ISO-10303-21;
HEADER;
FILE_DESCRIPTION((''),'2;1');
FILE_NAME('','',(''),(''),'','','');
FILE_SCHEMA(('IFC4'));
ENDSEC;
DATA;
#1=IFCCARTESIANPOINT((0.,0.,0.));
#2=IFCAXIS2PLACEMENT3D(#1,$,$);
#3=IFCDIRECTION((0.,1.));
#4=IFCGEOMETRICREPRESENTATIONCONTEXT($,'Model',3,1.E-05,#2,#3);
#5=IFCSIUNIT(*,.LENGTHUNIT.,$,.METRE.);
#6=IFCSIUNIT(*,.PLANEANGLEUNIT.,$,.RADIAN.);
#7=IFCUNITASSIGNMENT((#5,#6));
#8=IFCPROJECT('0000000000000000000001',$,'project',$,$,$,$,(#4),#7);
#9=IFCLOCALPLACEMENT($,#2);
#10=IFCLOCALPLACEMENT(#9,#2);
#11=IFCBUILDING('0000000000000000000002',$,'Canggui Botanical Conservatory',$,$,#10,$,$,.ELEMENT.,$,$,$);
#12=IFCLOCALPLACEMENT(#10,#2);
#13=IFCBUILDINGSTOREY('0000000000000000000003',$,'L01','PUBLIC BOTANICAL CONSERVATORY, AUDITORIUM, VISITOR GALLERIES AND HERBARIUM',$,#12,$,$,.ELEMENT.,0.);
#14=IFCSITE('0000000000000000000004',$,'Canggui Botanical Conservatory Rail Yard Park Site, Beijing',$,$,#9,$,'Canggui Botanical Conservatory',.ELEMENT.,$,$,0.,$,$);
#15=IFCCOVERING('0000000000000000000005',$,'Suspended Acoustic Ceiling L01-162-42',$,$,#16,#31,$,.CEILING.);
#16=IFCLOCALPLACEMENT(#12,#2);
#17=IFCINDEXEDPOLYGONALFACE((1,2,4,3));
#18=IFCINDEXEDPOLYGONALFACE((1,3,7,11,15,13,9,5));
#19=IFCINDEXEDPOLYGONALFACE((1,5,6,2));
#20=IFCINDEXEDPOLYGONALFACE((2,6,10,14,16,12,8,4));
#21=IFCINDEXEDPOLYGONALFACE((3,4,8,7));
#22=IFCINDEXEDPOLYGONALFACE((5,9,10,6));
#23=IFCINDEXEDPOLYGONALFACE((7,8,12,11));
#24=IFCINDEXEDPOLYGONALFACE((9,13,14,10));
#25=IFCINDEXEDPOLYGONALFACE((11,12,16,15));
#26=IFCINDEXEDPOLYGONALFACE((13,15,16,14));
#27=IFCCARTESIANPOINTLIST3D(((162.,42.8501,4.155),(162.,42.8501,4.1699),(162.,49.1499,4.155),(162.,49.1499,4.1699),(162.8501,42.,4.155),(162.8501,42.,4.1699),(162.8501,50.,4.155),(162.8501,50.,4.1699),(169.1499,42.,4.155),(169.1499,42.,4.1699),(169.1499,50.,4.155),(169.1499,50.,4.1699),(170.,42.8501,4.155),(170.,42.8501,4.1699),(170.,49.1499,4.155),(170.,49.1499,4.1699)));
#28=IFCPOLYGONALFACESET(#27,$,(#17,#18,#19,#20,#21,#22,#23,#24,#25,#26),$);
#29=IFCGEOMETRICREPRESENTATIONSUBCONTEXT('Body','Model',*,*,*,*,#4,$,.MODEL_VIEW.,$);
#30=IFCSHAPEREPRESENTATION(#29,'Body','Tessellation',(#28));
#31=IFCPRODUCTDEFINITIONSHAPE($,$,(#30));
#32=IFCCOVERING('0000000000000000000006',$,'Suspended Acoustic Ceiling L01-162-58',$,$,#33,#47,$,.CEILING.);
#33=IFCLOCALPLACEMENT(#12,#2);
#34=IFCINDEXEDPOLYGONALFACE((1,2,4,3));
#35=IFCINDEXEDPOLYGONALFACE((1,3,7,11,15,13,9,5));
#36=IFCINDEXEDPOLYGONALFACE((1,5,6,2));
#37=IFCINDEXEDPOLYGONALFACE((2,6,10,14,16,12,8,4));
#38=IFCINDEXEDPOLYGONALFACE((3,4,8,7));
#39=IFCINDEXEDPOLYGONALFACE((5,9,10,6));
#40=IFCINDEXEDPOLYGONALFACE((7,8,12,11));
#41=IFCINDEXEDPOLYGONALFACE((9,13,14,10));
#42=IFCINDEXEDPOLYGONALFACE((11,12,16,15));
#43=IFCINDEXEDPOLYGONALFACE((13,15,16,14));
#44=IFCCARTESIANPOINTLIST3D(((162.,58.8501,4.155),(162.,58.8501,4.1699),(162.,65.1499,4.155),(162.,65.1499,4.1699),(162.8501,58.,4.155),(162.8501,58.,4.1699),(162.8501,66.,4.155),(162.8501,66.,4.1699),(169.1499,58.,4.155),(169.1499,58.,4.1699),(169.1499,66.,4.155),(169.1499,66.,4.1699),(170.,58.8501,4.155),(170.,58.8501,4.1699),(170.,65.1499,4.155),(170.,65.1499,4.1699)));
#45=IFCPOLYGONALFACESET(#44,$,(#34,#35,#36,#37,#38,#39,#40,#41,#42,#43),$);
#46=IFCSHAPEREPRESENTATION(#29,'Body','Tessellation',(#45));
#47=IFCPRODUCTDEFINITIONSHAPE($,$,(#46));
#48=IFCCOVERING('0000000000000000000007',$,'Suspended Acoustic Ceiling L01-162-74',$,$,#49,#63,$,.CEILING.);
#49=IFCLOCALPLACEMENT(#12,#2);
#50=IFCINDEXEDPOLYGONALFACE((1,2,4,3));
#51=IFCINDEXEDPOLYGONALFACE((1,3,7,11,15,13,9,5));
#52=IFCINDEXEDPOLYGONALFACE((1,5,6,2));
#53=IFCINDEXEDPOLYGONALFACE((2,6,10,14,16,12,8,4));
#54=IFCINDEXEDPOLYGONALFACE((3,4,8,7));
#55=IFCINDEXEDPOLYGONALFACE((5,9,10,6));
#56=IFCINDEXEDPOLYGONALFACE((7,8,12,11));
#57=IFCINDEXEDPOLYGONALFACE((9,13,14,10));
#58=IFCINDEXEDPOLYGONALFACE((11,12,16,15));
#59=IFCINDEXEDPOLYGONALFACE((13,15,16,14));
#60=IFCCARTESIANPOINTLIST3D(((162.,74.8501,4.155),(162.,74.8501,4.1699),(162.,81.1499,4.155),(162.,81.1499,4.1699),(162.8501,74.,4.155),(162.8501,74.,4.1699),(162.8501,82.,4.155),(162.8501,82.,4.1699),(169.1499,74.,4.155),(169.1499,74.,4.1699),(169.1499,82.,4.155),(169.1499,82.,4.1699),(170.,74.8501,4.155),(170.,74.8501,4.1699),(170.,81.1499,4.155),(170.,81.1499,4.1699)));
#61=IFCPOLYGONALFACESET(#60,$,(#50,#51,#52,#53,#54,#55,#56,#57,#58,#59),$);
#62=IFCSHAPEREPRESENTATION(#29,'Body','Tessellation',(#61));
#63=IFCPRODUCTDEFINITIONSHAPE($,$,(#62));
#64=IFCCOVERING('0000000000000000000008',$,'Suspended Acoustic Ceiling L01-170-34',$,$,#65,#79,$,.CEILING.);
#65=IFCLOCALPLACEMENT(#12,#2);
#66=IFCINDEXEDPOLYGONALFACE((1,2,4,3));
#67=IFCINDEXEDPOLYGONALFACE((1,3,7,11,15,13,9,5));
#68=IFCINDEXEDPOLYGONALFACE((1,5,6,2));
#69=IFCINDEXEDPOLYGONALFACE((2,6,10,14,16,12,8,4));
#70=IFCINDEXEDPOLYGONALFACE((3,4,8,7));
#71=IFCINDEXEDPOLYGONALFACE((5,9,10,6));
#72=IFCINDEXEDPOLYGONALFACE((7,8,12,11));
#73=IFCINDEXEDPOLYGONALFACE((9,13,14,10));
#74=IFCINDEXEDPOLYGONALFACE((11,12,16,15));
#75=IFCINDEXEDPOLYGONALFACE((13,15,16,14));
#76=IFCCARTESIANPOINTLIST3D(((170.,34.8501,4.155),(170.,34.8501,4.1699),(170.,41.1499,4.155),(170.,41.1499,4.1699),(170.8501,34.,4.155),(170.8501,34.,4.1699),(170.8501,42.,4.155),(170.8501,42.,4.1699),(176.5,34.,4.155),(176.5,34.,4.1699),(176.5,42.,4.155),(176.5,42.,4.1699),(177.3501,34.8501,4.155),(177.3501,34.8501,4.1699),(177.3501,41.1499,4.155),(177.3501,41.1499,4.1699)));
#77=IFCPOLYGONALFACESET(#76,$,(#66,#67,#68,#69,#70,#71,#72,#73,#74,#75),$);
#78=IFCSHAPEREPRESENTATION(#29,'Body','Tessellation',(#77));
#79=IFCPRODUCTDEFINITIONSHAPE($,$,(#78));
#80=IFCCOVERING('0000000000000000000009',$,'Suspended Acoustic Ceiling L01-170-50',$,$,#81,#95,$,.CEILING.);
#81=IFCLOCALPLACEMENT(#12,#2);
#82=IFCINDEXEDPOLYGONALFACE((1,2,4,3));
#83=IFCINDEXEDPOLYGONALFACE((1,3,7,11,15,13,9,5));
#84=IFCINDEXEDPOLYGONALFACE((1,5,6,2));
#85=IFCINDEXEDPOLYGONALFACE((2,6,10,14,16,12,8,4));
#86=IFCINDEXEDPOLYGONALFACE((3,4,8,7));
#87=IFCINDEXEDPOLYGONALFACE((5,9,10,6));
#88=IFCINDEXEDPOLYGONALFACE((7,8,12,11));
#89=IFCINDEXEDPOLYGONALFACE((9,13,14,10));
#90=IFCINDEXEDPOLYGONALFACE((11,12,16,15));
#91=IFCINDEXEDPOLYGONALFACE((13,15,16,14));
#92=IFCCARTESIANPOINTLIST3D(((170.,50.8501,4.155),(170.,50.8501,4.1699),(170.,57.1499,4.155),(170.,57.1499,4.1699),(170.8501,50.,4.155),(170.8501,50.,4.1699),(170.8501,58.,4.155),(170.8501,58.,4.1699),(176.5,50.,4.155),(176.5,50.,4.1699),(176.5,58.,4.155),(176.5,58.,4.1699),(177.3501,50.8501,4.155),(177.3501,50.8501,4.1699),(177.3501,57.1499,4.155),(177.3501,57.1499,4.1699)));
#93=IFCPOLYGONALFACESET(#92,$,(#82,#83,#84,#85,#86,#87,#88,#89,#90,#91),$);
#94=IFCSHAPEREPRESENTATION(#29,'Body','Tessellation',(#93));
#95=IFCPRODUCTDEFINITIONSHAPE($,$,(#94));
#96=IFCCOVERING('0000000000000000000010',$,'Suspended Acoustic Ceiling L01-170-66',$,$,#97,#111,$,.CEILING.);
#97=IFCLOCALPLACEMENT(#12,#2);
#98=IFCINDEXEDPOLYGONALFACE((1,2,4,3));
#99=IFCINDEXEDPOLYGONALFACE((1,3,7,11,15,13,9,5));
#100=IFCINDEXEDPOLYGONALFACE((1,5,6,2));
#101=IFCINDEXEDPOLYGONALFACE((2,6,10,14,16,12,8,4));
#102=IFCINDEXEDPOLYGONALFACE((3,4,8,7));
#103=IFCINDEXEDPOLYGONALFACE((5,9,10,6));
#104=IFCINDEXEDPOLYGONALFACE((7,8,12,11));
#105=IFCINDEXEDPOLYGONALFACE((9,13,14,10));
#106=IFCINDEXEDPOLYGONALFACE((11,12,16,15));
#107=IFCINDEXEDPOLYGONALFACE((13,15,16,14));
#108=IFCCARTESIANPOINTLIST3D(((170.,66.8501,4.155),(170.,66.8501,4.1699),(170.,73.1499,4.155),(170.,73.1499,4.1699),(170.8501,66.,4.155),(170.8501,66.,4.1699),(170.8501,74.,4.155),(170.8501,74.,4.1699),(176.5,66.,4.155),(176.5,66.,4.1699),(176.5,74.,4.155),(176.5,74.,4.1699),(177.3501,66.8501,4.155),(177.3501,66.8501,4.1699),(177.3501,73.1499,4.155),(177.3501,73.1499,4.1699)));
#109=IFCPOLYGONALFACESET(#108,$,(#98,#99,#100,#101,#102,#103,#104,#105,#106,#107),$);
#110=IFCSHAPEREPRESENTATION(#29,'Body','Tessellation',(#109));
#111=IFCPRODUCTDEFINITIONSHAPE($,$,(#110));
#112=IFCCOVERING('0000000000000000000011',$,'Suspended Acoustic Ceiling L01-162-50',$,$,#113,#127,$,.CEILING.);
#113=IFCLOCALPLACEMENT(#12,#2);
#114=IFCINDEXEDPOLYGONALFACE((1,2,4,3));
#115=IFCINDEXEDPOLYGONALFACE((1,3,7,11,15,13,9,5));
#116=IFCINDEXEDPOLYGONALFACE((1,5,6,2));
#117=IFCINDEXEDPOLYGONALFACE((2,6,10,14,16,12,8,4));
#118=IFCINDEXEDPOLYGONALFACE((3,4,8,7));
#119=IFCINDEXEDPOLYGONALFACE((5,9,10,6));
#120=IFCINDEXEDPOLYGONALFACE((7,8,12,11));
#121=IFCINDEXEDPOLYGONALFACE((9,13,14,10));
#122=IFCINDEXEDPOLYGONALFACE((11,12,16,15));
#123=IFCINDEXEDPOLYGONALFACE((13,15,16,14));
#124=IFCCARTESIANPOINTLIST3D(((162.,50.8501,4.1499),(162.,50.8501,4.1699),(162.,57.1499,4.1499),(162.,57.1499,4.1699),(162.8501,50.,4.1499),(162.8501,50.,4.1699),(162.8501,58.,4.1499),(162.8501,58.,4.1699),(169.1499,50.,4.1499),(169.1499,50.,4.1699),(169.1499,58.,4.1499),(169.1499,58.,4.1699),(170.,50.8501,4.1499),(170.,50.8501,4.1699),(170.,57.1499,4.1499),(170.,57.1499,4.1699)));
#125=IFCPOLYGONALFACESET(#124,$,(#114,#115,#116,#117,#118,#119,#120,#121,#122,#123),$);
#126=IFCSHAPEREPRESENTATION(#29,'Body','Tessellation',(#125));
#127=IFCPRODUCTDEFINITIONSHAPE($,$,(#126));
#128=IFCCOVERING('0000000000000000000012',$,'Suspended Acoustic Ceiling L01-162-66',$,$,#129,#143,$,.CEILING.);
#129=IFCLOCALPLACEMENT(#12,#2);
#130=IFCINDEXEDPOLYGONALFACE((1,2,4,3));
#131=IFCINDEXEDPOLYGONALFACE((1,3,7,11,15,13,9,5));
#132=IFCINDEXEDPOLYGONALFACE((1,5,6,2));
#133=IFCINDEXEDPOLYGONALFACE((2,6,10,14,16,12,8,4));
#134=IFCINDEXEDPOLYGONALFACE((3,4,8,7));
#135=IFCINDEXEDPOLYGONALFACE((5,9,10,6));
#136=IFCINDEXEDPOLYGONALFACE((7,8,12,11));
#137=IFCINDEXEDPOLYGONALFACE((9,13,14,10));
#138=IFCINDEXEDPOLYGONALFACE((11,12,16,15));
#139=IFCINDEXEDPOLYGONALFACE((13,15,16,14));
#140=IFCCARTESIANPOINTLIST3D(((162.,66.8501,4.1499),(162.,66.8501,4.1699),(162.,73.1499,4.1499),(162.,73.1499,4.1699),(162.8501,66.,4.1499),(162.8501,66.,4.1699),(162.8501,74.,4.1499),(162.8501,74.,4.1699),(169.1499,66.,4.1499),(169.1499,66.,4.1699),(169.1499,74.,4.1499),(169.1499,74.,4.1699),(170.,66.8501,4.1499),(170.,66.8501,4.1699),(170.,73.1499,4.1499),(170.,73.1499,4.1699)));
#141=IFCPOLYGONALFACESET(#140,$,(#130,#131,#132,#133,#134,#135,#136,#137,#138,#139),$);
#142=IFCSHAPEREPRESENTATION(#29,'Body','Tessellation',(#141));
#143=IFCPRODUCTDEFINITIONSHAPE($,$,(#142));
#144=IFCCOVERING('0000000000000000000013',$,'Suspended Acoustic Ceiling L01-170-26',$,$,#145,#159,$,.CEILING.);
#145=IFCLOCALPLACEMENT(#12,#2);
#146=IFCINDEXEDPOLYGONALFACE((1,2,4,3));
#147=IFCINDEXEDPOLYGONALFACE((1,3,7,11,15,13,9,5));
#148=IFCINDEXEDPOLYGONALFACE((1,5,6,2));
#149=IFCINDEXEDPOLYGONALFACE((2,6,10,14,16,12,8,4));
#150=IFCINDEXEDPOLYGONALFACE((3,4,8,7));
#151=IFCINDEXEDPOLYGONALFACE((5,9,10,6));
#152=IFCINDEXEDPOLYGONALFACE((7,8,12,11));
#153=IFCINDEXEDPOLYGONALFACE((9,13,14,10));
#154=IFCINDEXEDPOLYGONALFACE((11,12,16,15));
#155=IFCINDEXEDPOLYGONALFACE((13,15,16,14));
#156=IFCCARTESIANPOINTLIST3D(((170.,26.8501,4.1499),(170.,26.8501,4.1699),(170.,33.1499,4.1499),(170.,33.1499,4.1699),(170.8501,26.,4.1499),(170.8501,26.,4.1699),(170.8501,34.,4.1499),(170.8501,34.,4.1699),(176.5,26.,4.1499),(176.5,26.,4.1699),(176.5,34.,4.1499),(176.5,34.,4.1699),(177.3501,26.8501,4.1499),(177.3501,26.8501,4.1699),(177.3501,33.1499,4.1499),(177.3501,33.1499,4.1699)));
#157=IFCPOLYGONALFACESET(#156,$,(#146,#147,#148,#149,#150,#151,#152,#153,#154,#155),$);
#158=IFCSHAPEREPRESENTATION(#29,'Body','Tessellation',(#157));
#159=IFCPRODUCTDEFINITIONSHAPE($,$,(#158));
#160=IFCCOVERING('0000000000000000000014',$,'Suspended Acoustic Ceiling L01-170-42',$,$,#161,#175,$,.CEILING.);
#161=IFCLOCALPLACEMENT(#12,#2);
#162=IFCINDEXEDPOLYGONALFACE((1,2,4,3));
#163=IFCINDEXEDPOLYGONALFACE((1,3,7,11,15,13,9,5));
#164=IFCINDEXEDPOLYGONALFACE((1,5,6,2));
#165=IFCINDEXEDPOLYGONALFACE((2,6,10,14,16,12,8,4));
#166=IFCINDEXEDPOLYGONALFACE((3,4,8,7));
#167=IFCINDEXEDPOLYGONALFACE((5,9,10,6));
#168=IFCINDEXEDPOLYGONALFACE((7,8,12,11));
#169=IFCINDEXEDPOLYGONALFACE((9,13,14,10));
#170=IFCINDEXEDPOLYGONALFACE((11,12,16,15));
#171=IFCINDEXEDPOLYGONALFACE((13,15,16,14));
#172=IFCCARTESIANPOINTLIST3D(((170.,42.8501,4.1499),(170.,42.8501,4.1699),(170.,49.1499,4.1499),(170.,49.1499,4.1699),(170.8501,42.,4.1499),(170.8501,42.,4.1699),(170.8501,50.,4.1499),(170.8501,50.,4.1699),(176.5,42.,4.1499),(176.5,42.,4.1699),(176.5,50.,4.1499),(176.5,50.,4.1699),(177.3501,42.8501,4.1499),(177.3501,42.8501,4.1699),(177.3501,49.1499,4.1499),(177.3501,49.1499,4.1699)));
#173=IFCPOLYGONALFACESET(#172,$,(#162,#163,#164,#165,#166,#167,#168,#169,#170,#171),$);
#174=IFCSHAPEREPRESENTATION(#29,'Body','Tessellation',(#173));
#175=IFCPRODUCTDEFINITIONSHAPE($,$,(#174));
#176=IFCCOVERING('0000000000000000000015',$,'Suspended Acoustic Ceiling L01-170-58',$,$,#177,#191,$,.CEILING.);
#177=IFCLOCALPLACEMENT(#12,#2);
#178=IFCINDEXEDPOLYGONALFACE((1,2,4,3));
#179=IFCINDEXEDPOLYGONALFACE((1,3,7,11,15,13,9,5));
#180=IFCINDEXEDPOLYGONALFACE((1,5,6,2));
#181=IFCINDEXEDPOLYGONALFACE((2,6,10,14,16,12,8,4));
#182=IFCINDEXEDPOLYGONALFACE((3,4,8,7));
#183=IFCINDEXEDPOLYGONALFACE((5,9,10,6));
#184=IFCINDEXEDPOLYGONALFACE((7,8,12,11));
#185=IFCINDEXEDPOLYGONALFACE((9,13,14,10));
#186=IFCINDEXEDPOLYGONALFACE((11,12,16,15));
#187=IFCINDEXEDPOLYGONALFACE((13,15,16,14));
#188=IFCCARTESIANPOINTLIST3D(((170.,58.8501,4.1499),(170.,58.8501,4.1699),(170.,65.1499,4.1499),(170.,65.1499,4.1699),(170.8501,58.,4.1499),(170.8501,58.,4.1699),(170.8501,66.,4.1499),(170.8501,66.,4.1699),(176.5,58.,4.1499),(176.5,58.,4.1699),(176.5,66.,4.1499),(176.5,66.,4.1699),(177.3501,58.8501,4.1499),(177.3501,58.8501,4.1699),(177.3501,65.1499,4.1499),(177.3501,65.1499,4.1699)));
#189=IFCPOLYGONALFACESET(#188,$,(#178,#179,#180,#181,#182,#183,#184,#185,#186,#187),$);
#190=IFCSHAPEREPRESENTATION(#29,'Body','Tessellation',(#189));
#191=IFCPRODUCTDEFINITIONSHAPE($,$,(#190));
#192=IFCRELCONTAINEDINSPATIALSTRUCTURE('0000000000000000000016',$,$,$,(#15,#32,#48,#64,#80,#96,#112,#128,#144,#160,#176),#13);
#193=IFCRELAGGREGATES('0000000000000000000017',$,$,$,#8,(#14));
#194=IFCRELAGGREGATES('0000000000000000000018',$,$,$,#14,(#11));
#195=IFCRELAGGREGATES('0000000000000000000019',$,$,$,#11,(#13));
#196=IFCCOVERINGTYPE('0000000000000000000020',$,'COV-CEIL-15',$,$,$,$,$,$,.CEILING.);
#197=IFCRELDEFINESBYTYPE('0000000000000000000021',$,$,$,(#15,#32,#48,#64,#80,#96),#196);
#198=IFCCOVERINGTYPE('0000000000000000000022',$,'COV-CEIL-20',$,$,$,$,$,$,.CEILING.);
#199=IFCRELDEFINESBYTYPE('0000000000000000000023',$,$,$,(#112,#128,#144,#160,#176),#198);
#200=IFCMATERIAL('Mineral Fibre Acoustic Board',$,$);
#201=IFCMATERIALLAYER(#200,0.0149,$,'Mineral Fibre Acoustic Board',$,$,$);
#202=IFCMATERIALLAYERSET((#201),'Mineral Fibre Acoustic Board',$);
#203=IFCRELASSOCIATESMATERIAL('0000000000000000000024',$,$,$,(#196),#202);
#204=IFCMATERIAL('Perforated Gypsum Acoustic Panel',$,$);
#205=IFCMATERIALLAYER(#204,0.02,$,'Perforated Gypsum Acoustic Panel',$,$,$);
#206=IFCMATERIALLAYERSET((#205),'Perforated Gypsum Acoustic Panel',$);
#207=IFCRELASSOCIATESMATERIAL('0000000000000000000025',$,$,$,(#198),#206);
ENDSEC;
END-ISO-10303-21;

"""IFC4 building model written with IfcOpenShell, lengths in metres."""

from ifc_helpers import new_model, si_unit, direction, frame, origin, place, context, subcontext, project, spatial, polyline, outline, extrude, material, layer, layer_set, type_object, element, save


model = new_model("IFC4")

# Units and contexts
model_context = context("Model", 3, precision=1e-05, world=origin(), true_north=direction((0.0, 1.0)))
body_context = subcontext(model_context, "Body", "Model", "MODEL_VIEW")
ifc_project = project(units=[si_unit("LENGTHUNIT", "METRE"), si_unit("PLANEANGLEUNIT", "RADIAN")], contexts=[model_context])

# Site, building, storey
site_placement = place(None, origin())
site = spatial("IfcSite", under=ifc_project, at=site_placement, Name="Canggui Botanical Conservatory Rail Yard Park Site, Beijing", LongName="Canggui Botanical Conservatory", CompositionType="ELEMENT", RefElevation=0.0)
building_placement = place(site_placement, origin())
building = spatial("IfcBuilding", under=site, at=building_placement, Name="Canggui Botanical Conservatory", CompositionType="ELEMENT")
storey_placement = place(building_placement, origin())
storey = spatial("IfcBuildingStorey", under=building, at=storey_placement, Name="L01", Description="PUBLIC BOTANICAL CONSERVATORY, AUDITORIUM, VISITOR GALLERIES AND HERBARIUM", CompositionType="ELEMENT", Elevation=0.0)

# Coverings
ifc_material_1 = material(Name="Mineral Fibre Acoustic Board")
ifc_layer_1 = layer(ifc_material_1, 0.0149, Name="Mineral Fibre Acoustic Board")
ifc_layer_set_1 = layer_set([ifc_layer_1], Name="Mineral Fibre Acoustic Board")
covering_type_1 = type_object("IfcCoveringType", Name="COV-CEIL-15", PredefinedType="CEILING", material=ifc_layer_set_1)
covering_1_placement = place(storey_placement, frame((0.0, 0.0, 4.155)))
element("IfcCovering", 1, at=covering_1_placement, inside=storey, type_object=covering_type_1, Name="Suspended Acoustic Ceiling L01-162-42", PredefinedType="CEILING", context=body_context, shape_type="SweptSolid", body=[
    extrude(outline(polyline([(162.8501, 42.0), (169.1499, 42.0), (170.0, 42.8501), (170.0, 49.1499), (169.1499, 50.0), (162.8501, 50.0), (162.0, 49.1499), (162.0, 42.8501), (162.8501, 42.0)])), origin(), (0.0, 0.0, 1.0), 0.0149),
])
covering_2_placement = place(storey_placement, frame((0.0, 0.0, 4.155)))
element("IfcCovering", 2, at=covering_2_placement, inside=storey, type_object=covering_type_1, Name="Suspended Acoustic Ceiling L01-162-58", PredefinedType="CEILING", context=body_context, shape_type="SweptSolid", body=[
    extrude(outline(polyline([(162.8501, 58.0), (169.1499, 58.0), (170.0, 58.8501), (170.0, 65.1499), (169.1499, 66.0), (162.8501, 66.0), (162.0, 65.1499), (162.0, 58.8501), (162.8501, 58.0)])), origin(), (0.0, 0.0, 1.0), 0.0149),
])
covering_3_placement = place(storey_placement, frame((0.0, 0.0, 4.155)))
element("IfcCovering", 3, at=covering_3_placement, inside=storey, type_object=covering_type_1, Name="Suspended Acoustic Ceiling L01-162-74", PredefinedType="CEILING", context=body_context, shape_type="SweptSolid", body=[
    extrude(outline(polyline([(162.8501, 74.0), (169.1499, 74.0), (170.0, 74.8501), (170.0, 81.1499), (169.1499, 82.0), (162.8501, 82.0), (162.0, 81.1499), (162.0, 74.8501), (162.8501, 74.0)])), origin(), (0.0, 0.0, 1.0), 0.0149),
])
covering_4_placement = place(storey_placement, frame((0.0, 0.0, 4.155)))
element("IfcCovering", 4, at=covering_4_placement, inside=storey, type_object=covering_type_1, Name="Suspended Acoustic Ceiling L01-170-34", PredefinedType="CEILING", context=body_context, shape_type="SweptSolid", body=[
    extrude(outline(polyline([(170.8501, 34.0), (176.5, 34.0), (177.3501, 34.8501), (177.3501, 41.1499), (176.5, 42.0), (170.8501, 42.0), (170.0, 41.1499), (170.0, 34.8501), (170.8501, 34.0)])), origin(), (0.0, 0.0, 1.0), 0.0149),
])
covering_5_placement = place(storey_placement, frame((0.0, 0.0, 4.155)))
element("IfcCovering", 5, at=covering_5_placement, inside=storey, type_object=covering_type_1, Name="Suspended Acoustic Ceiling L01-170-50", PredefinedType="CEILING", context=body_context, shape_type="SweptSolid", body=[
    extrude(outline(polyline([(170.8501, 50.0), (176.5, 50.0), (177.3501, 50.8501), (177.3501, 57.1499), (176.5, 58.0), (170.8501, 58.0), (170.0, 57.1499), (170.0, 50.8501), (170.8501, 50.0)])), origin(), (0.0, 0.0, 1.0), 0.0149),
])
covering_6_placement = place(storey_placement, frame((0.0, 0.0, 4.155)))
element("IfcCovering", 6, at=covering_6_placement, inside=storey, type_object=covering_type_1, Name="Suspended Acoustic Ceiling L01-170-66", PredefinedType="CEILING", context=body_context, shape_type="SweptSolid", body=[
    extrude(outline(polyline([(170.8501, 66.0), (176.5, 66.0), (177.3501, 66.8501), (177.3501, 73.1499), (176.5, 74.0), (170.8501, 74.0), (170.0, 73.1499), (170.0, 66.8501), (170.8501, 66.0)])), origin(), (0.0, 0.0, 1.0), 0.0149),
])
ifc_material_2 = material(Name="Perforated Gypsum Acoustic Panel")
ifc_layer_2 = layer(ifc_material_2, 0.02, Name="Perforated Gypsum Acoustic Panel")
ifc_layer_set_2 = layer_set([ifc_layer_2], Name="Perforated Gypsum Acoustic Panel")
covering_type_2 = type_object("IfcCoveringType", Name="COV-CEIL-20", PredefinedType="CEILING", material=ifc_layer_set_2)
covering_7_placement = place(storey_placement, frame((0.0, 0.0, 4.1499)))
element("IfcCovering", 7, at=covering_7_placement, inside=storey, type_object=covering_type_2, Name="Suspended Acoustic Ceiling L01-162-50", PredefinedType="CEILING", context=body_context, shape_type="SweptSolid", body=[
    extrude(outline(polyline([(162.8501, 50.0), (169.1499, 50.0), (170.0, 50.8501), (170.0, 57.1499), (169.1499, 58.0), (162.8501, 58.0), (162.0, 57.1499), (162.0, 50.8501), (162.8501, 50.0)])), origin(), (0.0, 0.0, 1.0), 0.02),
])
covering_8_placement = place(storey_placement, frame((0.0, 0.0, 4.1499)))
element("IfcCovering", 8, at=covering_8_placement, inside=storey, type_object=covering_type_2, Name="Suspended Acoustic Ceiling L01-162-66", PredefinedType="CEILING", context=body_context, shape_type="SweptSolid", body=[
    extrude(outline(polyline([(162.8501, 66.0), (169.1499, 66.0), (170.0, 66.8501), (170.0, 73.1499), (169.1499, 74.0), (162.8501, 74.0), (162.0, 73.1499), (162.0, 66.8501), (162.8501, 66.0)])), origin(), (0.0, 0.0, 1.0), 0.02),
])
covering_9_placement = place(storey_placement, frame((0.0, 0.0, 4.1499)))
element("IfcCovering", 9, at=covering_9_placement, inside=storey, type_object=covering_type_2, Name="Suspended Acoustic Ceiling L01-170-26", PredefinedType="CEILING", context=body_context, shape_type="SweptSolid", body=[
    extrude(outline(polyline([(170.8501, 26.0), (176.5, 26.0), (177.3501, 26.8501), (177.3501, 33.1499), (176.5, 34.0), (170.8501, 34.0), (170.0, 33.1499), (170.0, 26.8501), (170.8501, 26.0)])), origin(), (0.0, 0.0, 1.0), 0.02),
])
covering_10_placement = place(storey_placement, frame((0.0, 0.0, 4.1499)))
element("IfcCovering", 10, at=covering_10_placement, inside=storey, type_object=covering_type_2, Name="Suspended Acoustic Ceiling L01-170-42", PredefinedType="CEILING", context=body_context, shape_type="SweptSolid", body=[
    extrude(outline(polyline([(170.8501, 42.0), (176.5, 42.0), (177.3501, 42.8501), (177.3501, 49.1499), (176.5, 50.0), (170.8501, 50.0), (170.0, 49.1499), (170.0, 42.8501), (170.8501, 42.0)])), origin(), (0.0, 0.0, 1.0), 0.02),
])
covering_11_placement = place(storey_placement, frame((0.0, 0.0, 4.1499)))
element("IfcCovering", 11, at=covering_11_placement, inside=storey, type_object=covering_type_2, Name="Suspended Acoustic Ceiling L01-170-58", PredefinedType="CEILING", context=body_context, shape_type="SweptSolid", body=[
    extrude(outline(polyline([(170.8501, 58.0), (176.5, 58.0), (177.3501, 58.8501), (177.3501, 65.1499), (176.5, 66.0), (170.8501, 66.0), (170.0, 65.1499), (170.0, 58.8501), (170.8501, 58.0)])), origin(), (0.0, 0.0, 1.0), 0.02),
])

save(model, "model.ifc")
